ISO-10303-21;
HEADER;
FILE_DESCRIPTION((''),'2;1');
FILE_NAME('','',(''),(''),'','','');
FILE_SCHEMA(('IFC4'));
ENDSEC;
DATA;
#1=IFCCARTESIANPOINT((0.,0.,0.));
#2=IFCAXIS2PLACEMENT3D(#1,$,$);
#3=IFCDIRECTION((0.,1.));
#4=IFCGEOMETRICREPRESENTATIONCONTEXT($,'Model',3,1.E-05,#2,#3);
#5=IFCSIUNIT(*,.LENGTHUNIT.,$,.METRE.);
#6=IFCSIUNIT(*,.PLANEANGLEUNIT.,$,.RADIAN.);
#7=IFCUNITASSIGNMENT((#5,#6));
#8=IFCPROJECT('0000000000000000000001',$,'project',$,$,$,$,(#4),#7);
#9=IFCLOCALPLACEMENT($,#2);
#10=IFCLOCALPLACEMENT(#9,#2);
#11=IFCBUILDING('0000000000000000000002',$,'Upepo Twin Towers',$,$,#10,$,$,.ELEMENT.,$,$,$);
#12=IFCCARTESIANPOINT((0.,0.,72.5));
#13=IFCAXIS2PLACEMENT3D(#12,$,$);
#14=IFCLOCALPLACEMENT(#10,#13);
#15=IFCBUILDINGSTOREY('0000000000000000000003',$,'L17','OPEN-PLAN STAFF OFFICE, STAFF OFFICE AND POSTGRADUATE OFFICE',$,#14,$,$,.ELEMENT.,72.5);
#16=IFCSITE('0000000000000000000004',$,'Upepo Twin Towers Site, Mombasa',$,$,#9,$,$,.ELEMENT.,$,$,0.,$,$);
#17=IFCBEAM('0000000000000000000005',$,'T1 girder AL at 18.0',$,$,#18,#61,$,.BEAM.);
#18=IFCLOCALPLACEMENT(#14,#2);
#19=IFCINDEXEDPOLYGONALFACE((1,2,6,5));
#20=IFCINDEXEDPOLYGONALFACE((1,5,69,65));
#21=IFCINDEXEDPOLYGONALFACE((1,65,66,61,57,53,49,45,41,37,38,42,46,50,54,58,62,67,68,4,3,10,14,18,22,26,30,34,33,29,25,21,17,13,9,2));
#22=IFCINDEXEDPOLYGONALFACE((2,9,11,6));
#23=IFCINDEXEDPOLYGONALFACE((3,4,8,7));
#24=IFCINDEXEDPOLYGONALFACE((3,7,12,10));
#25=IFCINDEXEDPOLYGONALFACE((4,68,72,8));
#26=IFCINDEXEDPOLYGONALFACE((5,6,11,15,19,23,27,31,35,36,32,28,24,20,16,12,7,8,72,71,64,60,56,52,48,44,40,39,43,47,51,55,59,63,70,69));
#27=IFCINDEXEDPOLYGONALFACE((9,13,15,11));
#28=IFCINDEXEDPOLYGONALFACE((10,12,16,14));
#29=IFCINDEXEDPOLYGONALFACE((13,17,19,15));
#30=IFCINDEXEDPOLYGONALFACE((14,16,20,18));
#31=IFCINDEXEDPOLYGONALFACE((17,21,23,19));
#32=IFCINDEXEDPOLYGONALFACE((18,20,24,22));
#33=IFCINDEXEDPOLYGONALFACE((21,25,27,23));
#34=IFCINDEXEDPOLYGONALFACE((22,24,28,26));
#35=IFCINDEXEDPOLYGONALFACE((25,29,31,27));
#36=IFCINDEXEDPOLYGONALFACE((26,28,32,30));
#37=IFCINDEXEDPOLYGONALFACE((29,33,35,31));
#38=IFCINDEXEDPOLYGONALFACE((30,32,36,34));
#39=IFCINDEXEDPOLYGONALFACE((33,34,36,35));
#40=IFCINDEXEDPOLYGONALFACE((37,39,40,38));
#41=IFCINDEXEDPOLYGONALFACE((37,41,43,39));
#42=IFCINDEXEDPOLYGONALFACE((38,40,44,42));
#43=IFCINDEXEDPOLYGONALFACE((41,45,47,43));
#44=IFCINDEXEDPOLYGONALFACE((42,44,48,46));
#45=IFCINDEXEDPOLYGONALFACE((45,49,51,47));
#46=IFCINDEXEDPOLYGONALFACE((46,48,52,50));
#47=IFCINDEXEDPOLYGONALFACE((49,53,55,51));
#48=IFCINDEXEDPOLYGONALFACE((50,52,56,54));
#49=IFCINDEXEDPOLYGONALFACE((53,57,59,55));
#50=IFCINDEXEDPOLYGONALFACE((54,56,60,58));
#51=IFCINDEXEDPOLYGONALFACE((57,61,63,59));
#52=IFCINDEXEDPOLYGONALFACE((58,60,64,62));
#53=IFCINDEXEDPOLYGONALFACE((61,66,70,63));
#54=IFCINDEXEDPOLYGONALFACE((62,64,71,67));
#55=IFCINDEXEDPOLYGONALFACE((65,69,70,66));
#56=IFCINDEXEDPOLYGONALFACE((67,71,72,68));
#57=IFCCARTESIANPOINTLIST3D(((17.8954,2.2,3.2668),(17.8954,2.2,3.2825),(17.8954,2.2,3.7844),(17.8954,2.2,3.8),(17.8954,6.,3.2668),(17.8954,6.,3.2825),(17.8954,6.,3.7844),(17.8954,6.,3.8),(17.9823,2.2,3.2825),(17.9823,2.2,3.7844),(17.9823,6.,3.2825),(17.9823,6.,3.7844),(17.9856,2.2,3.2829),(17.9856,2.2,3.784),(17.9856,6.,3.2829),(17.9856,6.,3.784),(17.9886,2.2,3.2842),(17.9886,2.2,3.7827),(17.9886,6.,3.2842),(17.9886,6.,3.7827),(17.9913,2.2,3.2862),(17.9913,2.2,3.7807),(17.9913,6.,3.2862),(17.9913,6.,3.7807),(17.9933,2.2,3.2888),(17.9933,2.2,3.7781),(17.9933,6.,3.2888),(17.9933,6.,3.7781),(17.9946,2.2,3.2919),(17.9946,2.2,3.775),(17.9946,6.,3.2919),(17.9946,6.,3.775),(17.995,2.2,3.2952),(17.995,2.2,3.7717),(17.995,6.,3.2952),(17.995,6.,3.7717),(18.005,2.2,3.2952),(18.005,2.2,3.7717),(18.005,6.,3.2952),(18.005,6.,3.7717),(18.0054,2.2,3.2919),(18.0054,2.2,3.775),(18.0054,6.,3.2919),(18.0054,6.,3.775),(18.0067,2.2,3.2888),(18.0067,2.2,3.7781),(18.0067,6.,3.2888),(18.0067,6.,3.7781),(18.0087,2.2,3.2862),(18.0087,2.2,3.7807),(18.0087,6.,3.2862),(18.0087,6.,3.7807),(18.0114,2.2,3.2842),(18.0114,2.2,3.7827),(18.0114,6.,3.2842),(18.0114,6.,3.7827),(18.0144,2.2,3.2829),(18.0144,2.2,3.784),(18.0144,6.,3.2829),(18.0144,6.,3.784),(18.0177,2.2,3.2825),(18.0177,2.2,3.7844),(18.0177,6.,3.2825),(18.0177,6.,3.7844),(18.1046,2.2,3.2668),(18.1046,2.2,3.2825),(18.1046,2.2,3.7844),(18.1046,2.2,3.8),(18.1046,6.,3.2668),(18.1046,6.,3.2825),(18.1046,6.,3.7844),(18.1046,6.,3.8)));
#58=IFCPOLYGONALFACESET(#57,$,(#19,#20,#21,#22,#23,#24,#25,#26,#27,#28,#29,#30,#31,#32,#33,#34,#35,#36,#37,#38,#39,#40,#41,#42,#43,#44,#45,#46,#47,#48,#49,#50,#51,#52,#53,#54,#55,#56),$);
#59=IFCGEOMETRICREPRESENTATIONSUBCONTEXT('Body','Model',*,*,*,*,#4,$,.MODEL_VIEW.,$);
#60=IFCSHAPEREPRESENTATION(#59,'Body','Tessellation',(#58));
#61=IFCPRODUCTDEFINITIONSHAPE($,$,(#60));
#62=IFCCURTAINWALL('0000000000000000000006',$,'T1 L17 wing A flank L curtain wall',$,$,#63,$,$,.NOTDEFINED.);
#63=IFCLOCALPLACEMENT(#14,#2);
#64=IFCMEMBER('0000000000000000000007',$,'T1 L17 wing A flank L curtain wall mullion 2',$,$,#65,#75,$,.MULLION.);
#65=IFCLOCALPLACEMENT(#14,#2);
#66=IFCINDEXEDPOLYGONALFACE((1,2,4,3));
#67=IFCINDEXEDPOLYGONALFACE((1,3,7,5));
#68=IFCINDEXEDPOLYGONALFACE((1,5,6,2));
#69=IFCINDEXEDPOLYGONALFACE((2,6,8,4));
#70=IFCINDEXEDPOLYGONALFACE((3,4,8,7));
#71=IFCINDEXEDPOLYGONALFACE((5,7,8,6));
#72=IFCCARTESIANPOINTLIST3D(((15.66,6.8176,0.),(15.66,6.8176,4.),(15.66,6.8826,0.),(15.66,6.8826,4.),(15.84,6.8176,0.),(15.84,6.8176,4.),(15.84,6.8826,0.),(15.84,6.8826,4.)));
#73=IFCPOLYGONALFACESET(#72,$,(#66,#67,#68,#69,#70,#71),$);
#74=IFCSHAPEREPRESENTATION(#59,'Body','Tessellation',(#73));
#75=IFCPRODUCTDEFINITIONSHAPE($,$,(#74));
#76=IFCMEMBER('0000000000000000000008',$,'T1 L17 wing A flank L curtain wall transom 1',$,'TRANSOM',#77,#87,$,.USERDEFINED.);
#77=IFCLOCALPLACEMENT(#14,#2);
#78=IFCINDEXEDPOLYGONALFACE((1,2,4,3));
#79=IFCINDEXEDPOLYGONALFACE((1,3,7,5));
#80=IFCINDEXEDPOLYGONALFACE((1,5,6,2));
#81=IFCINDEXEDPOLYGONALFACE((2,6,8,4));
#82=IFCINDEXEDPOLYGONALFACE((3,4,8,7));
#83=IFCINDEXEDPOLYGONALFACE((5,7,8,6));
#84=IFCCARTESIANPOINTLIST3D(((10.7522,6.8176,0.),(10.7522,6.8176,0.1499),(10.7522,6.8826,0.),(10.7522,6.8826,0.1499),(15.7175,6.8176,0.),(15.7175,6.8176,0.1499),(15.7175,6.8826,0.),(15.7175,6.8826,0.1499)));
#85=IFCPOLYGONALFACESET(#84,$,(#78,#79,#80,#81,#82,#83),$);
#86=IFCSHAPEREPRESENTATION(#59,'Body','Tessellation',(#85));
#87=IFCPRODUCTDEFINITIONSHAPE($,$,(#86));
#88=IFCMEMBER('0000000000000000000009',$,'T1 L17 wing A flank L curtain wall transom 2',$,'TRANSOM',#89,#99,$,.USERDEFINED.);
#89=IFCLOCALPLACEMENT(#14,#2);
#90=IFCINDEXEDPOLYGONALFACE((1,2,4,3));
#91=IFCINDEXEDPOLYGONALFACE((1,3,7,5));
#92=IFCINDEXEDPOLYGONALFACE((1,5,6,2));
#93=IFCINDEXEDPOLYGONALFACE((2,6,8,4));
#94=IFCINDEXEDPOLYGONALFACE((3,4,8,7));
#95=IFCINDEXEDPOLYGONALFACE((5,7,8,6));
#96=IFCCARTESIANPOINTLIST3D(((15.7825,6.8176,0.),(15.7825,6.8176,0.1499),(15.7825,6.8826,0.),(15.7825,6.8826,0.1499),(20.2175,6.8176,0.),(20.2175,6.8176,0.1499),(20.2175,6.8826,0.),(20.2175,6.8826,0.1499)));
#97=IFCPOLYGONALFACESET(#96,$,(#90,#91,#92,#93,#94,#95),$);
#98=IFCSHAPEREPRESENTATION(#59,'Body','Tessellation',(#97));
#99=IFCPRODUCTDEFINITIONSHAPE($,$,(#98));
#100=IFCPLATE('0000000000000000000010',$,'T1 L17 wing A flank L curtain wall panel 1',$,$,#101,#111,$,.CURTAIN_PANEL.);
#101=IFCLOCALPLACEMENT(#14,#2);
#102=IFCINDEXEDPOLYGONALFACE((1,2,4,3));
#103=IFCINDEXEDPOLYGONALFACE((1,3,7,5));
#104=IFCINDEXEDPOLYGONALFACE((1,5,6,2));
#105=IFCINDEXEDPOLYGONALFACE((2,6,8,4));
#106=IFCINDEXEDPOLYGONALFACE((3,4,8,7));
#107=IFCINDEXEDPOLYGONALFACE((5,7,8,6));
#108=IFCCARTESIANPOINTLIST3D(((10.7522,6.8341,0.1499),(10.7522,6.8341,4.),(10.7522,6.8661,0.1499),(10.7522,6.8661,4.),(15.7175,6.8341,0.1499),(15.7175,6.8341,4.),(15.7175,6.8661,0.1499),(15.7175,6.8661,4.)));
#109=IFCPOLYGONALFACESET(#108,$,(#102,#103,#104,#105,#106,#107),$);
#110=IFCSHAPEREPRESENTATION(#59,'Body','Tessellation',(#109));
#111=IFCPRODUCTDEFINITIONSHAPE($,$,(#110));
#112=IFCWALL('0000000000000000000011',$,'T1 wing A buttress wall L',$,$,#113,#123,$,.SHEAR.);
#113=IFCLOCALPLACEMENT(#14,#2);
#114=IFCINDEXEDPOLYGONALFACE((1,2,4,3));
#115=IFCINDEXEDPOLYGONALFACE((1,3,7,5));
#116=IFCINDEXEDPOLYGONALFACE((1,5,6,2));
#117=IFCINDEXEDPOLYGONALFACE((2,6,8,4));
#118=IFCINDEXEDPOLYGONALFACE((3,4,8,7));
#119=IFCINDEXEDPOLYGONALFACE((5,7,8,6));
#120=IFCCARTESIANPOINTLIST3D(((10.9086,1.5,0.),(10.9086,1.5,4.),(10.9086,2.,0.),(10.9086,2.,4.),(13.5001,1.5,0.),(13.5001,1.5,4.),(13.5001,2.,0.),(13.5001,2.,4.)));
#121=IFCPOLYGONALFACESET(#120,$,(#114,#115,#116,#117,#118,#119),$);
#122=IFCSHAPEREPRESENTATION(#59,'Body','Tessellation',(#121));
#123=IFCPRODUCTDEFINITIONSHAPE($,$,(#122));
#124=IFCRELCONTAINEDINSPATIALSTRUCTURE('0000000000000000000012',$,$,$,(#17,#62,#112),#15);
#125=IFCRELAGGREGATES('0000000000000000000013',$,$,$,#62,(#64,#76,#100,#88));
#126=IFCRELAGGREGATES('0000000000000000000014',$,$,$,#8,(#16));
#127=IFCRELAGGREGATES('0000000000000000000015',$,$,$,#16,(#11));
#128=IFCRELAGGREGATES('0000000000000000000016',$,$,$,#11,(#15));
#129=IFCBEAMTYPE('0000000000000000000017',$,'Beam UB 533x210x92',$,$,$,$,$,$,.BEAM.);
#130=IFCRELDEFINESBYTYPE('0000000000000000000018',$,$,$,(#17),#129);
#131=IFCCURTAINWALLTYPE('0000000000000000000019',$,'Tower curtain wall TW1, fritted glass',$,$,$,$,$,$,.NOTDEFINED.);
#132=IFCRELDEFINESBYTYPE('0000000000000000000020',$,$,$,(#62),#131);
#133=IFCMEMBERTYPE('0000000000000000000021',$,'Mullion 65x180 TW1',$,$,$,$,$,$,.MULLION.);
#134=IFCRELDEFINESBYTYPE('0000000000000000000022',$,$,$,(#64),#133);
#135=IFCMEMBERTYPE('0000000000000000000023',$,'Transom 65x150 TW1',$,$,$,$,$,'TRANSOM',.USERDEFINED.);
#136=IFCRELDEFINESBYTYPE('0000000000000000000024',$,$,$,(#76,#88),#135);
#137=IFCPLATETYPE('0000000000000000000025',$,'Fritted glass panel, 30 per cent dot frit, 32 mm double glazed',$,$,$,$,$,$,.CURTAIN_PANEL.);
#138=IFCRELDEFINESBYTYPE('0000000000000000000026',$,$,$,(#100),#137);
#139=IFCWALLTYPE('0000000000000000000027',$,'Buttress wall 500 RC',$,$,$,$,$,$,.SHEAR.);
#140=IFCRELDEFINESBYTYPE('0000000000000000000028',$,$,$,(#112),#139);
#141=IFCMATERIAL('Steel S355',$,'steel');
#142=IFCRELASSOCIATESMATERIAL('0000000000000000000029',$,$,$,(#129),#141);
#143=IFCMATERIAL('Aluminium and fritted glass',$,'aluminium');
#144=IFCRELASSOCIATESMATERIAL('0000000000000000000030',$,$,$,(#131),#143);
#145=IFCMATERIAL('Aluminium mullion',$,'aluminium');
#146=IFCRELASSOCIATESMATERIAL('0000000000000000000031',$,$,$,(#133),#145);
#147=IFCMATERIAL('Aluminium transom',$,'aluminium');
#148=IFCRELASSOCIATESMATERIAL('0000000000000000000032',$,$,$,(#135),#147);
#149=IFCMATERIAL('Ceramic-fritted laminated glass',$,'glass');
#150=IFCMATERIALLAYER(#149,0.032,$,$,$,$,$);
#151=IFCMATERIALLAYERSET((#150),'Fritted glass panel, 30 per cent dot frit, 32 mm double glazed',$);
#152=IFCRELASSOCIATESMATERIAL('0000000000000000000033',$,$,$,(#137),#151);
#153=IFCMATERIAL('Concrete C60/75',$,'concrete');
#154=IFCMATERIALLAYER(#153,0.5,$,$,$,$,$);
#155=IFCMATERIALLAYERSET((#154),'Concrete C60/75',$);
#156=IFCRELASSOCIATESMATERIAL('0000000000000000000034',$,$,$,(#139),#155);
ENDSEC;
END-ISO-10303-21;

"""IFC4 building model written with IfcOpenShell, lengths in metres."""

from ifc_helpers import new_model, si_unit, direction, frame, frame_2d, origin, origin_2d, place, context, subcontext, project, spatial, rectangle, i_section, extrude, material, layer, layer_set, material_profile, profile_set, type_object, element, aggregate, save


model = new_model("IFC4")

# Units and contexts
model_context = context("Model", 3, precision=1e-05, world=origin(), true_north=direction((0.0, 1.0)))
body_context = subcontext(model_context, "Body", "Model", "MODEL_VIEW")
ifc_project = project(units=[si_unit("LENGTHUNIT", "METRE"), si_unit("PLANEANGLEUNIT", "RADIAN")], contexts=[model_context])

# Site, building, storey
site_placement = place(None, origin())
site = spatial("IfcSite", under=ifc_project, at=site_placement, Name="Upepo Twin Towers Site, Mombasa", CompositionType="ELEMENT", RefElevation=0.0)
building_placement = place(site_placement, origin())
building = spatial("IfcBuilding", under=site, at=building_placement, Name="Upepo Twin Towers", CompositionType="ELEMENT")
storey_placement = place(building_placement, frame((0.0, 0.0, 72.5)))
storey = spatial("IfcBuildingStorey", under=building, at=storey_placement, Name="L17", Description="OPEN-PLAN STAFF OFFICE, STAFF OFFICE AND POSTGRADUATE OFFICE", CompositionType="ELEMENT", Elevation=72.5)

# Beam
ifc_material_1 = material(Name="Steel S355", Category="steel")
ifc_material_profile_1 = material_profile(ifc_material_1, i_section(OverallWidth=0.2092, OverallDepth=0.5332, WebThickness=0.01, FlangeThickness=0.0156, FilletRadius=0.0127, at=origin_2d()), Name="UB 533x210x92")
ifc_profile_set_1 = profile_set([ifc_material_profile_1], Name="Steel S355")
beam_type_1 = type_object("IfcBeamType", Name="Beam UB 533x210x92", PredefinedType="BEAM", material=ifc_profile_set_1)
for number, where, z_axis, x_axis, name in (
    (1, (18.0, 6.0, 3.5334), (0.0, -1.0, 0.0), (1.0, 0.0, 0.0), "T1 girder AL at 18.0"),
):
    element("IfcBeam", number, at=place(storey_placement, frame(where, z_axis=z_axis, x_axis=x_axis)), inside=storey, type_object=beam_type_1, Name=name, PredefinedType="BEAM", context=body_context, shape_type="SweptSolid", body=[
        extrude(i_section(OverallWidth=0.2092, OverallDepth=0.5332, WebThickness=0.01, FlangeThickness=0.0156, FilletRadius=0.0127, at=origin_2d()), origin(), (0.0, 0.0, 1.0), 3.8),
    ])

# Curtain wall, members, plate
ifc_material_2 = material(Name="Aluminium and fritted glass", Category="aluminium")
curtain_wall_type = type_object("IfcCurtainWallType", Name="Tower curtain wall TW1, fritted glass", PredefinedType="NOTDEFINED", material=ifc_material_2)
curtain_wall_placement = place(storey_placement, origin())
curtain_wall = element("IfcCurtainWall", 2, at=curtain_wall_placement, inside=storey, type_object=curtain_wall_type, Name="T1 L17 wing A flank L curtain wall", PredefinedType="NOTDEFINED")
ifc_material_3 = material(Name="Aluminium mullion", Category="aluminium")
ifc_material_profile_2 = material_profile(ifc_material_3, rectangle(XDim=0.0649, YDim=0.1799, at=origin_2d()), Name="MULLION 65x180")
ifc_profile_set_2 = profile_set([ifc_material_profile_2], Name="Aluminium mullion")
member_type_1 = type_object("IfcMemberType", Name="Mullion 65x180 TW1", PredefinedType="MULLION", material=ifc_profile_set_2)
member_1_placement = place(storey_placement, frame((15.75, 6.8501, 0.0), z_axis=(0.0, 0.0, 1.0), x_axis=(0.0, 1.0, 0.0)))
member_1 = element("IfcMember", 3, at=member_1_placement, type_object=member_type_1, Name="T1 L17 wing A flank L curtain wall mullion 2", PredefinedType="MULLION", context=body_context, shape_type="SweptSolid", body=[
    extrude(rectangle(XDim=0.0649, YDim=0.1799, at=origin_2d()), origin(), (0.0, 0.0, 1.0), 4.0),
])
ifc_material_4 = material(Name="Aluminium transom", Category="aluminium")
ifc_material_profile_3 = material_profile(ifc_material_4, rectangle(XDim=0.0649, YDim=0.1499, at=origin_2d()), Name="TRANSOM 65x150")
ifc_profile_set_3 = profile_set([ifc_material_profile_3], Name="Aluminium transom")
member_type_2 = type_object("IfcMemberType", Name="Transom 65x150 TW1", ElementType="TRANSOM", PredefinedType="USERDEFINED", material=ifc_profile_set_3)
member_2_placement = place(storey_placement, frame((10.7522, 6.8501, 0.075), z_axis=(1.0, 0.0, 0.0), x_axis=(0.0, 1.0, 0.0)))
member_2 = element("IfcMember", 4, at=member_2_placement, type_object=member_type_2, Name="T1 L17 wing A flank L curtain wall transom 1", ObjectType="TRANSOM", PredefinedType="USERDEFINED", context=body_context, shape_type="SweptSolid", body=[
    extrude(rectangle(XDim=0.0649, YDim=0.1499, at=origin_2d()), origin(), (0.0, 0.0, 1.0), 4.9653),
])
member_3_placement = place(storey_placement, frame((15.7825, 6.8501, 0.075), z_axis=(1.0, 0.0, 0.0), x_axis=(0.0, 1.0, 0.0)))
member_3 = element("IfcMember", 5, at=member_3_placement, type_object=member_type_2, Name="T1 L17 wing A flank L curtain wall transom 2", ObjectType="TRANSOM", PredefinedType="USERDEFINED", context=body_context, shape_type="SweptSolid", body=[
    extrude(rectangle(XDim=0.0649, YDim=0.1499, at=origin_2d()), origin(), (0.0, 0.0, 1.0), 4.4351),
])
ifc_material_5 = material(Name="Ceramic-fritted laminated glass", Category="glass")
ifc_layer_1 = layer(ifc_material_5, 0.032)
ifc_layer_set_1 = layer_set([ifc_layer_1], Name="Fritted glass panel, 30 per cent dot frit, 32 mm double glazed")
plate_type = type_object("IfcPlateType", Name="Fritted glass panel, 30 per cent dot frit, 32 mm double glazed", PredefinedType="CURTAIN_PANEL", material=ifc_layer_set_1)
plate_placement = place(storey_placement, frame((13.2349, 6.8501, 0.1499), z_axis=(0.0, 0.0, 1.0), x_axis=(1.0, 0.0, 0.0)))
plate = element("IfcPlate", 6, at=plate_placement, type_object=plate_type, Name="T1 L17 wing A flank L curtain wall panel 1", PredefinedType="CURTAIN_PANEL", context=body_context, shape_type="SweptSolid", body=[
    extrude(rectangle(XDim=4.9653, YDim=0.032, at=origin_2d()), origin(), (0.0, 0.0, 1.0), 3.8501),
])
aggregate(curtain_wall, [member_1, member_2, plate, member_3])

# Wall
ifc_material_6 = material(Name="Concrete C60/75", Category="concrete")
ifc_layer_2 = layer(ifc_material_6, 0.5)
ifc_layer_set_2 = layer_set([ifc_layer_2], Name="Concrete C60/75")
wall_type_1 = type_object("IfcWallType", Name="Buttress wall 500 RC", PredefinedType="SHEAR", material=ifc_layer_set_2)
wall_1_placement = place(storey_placement, frame((10.9084, 1.75, 0.0), z_axis=(0.0, 0.0, 1.0), x_axis=(1.0, 0.0, 0.0)))
element("IfcWall", 7, at=wall_1_placement, inside=storey, type_object=wall_type_1, Name="T1 wing A buttress wall L", PredefinedType="SHEAR", context=body_context, shape_type="SweptSolid", body=[
    extrude(rectangle(XDim=2.5916, YDim=0.5, at=frame_2d((1.2959, 0.0))), origin(), (0.0, 0.0, 1.0), 4.0),
])

save(model, "model.ifc")
